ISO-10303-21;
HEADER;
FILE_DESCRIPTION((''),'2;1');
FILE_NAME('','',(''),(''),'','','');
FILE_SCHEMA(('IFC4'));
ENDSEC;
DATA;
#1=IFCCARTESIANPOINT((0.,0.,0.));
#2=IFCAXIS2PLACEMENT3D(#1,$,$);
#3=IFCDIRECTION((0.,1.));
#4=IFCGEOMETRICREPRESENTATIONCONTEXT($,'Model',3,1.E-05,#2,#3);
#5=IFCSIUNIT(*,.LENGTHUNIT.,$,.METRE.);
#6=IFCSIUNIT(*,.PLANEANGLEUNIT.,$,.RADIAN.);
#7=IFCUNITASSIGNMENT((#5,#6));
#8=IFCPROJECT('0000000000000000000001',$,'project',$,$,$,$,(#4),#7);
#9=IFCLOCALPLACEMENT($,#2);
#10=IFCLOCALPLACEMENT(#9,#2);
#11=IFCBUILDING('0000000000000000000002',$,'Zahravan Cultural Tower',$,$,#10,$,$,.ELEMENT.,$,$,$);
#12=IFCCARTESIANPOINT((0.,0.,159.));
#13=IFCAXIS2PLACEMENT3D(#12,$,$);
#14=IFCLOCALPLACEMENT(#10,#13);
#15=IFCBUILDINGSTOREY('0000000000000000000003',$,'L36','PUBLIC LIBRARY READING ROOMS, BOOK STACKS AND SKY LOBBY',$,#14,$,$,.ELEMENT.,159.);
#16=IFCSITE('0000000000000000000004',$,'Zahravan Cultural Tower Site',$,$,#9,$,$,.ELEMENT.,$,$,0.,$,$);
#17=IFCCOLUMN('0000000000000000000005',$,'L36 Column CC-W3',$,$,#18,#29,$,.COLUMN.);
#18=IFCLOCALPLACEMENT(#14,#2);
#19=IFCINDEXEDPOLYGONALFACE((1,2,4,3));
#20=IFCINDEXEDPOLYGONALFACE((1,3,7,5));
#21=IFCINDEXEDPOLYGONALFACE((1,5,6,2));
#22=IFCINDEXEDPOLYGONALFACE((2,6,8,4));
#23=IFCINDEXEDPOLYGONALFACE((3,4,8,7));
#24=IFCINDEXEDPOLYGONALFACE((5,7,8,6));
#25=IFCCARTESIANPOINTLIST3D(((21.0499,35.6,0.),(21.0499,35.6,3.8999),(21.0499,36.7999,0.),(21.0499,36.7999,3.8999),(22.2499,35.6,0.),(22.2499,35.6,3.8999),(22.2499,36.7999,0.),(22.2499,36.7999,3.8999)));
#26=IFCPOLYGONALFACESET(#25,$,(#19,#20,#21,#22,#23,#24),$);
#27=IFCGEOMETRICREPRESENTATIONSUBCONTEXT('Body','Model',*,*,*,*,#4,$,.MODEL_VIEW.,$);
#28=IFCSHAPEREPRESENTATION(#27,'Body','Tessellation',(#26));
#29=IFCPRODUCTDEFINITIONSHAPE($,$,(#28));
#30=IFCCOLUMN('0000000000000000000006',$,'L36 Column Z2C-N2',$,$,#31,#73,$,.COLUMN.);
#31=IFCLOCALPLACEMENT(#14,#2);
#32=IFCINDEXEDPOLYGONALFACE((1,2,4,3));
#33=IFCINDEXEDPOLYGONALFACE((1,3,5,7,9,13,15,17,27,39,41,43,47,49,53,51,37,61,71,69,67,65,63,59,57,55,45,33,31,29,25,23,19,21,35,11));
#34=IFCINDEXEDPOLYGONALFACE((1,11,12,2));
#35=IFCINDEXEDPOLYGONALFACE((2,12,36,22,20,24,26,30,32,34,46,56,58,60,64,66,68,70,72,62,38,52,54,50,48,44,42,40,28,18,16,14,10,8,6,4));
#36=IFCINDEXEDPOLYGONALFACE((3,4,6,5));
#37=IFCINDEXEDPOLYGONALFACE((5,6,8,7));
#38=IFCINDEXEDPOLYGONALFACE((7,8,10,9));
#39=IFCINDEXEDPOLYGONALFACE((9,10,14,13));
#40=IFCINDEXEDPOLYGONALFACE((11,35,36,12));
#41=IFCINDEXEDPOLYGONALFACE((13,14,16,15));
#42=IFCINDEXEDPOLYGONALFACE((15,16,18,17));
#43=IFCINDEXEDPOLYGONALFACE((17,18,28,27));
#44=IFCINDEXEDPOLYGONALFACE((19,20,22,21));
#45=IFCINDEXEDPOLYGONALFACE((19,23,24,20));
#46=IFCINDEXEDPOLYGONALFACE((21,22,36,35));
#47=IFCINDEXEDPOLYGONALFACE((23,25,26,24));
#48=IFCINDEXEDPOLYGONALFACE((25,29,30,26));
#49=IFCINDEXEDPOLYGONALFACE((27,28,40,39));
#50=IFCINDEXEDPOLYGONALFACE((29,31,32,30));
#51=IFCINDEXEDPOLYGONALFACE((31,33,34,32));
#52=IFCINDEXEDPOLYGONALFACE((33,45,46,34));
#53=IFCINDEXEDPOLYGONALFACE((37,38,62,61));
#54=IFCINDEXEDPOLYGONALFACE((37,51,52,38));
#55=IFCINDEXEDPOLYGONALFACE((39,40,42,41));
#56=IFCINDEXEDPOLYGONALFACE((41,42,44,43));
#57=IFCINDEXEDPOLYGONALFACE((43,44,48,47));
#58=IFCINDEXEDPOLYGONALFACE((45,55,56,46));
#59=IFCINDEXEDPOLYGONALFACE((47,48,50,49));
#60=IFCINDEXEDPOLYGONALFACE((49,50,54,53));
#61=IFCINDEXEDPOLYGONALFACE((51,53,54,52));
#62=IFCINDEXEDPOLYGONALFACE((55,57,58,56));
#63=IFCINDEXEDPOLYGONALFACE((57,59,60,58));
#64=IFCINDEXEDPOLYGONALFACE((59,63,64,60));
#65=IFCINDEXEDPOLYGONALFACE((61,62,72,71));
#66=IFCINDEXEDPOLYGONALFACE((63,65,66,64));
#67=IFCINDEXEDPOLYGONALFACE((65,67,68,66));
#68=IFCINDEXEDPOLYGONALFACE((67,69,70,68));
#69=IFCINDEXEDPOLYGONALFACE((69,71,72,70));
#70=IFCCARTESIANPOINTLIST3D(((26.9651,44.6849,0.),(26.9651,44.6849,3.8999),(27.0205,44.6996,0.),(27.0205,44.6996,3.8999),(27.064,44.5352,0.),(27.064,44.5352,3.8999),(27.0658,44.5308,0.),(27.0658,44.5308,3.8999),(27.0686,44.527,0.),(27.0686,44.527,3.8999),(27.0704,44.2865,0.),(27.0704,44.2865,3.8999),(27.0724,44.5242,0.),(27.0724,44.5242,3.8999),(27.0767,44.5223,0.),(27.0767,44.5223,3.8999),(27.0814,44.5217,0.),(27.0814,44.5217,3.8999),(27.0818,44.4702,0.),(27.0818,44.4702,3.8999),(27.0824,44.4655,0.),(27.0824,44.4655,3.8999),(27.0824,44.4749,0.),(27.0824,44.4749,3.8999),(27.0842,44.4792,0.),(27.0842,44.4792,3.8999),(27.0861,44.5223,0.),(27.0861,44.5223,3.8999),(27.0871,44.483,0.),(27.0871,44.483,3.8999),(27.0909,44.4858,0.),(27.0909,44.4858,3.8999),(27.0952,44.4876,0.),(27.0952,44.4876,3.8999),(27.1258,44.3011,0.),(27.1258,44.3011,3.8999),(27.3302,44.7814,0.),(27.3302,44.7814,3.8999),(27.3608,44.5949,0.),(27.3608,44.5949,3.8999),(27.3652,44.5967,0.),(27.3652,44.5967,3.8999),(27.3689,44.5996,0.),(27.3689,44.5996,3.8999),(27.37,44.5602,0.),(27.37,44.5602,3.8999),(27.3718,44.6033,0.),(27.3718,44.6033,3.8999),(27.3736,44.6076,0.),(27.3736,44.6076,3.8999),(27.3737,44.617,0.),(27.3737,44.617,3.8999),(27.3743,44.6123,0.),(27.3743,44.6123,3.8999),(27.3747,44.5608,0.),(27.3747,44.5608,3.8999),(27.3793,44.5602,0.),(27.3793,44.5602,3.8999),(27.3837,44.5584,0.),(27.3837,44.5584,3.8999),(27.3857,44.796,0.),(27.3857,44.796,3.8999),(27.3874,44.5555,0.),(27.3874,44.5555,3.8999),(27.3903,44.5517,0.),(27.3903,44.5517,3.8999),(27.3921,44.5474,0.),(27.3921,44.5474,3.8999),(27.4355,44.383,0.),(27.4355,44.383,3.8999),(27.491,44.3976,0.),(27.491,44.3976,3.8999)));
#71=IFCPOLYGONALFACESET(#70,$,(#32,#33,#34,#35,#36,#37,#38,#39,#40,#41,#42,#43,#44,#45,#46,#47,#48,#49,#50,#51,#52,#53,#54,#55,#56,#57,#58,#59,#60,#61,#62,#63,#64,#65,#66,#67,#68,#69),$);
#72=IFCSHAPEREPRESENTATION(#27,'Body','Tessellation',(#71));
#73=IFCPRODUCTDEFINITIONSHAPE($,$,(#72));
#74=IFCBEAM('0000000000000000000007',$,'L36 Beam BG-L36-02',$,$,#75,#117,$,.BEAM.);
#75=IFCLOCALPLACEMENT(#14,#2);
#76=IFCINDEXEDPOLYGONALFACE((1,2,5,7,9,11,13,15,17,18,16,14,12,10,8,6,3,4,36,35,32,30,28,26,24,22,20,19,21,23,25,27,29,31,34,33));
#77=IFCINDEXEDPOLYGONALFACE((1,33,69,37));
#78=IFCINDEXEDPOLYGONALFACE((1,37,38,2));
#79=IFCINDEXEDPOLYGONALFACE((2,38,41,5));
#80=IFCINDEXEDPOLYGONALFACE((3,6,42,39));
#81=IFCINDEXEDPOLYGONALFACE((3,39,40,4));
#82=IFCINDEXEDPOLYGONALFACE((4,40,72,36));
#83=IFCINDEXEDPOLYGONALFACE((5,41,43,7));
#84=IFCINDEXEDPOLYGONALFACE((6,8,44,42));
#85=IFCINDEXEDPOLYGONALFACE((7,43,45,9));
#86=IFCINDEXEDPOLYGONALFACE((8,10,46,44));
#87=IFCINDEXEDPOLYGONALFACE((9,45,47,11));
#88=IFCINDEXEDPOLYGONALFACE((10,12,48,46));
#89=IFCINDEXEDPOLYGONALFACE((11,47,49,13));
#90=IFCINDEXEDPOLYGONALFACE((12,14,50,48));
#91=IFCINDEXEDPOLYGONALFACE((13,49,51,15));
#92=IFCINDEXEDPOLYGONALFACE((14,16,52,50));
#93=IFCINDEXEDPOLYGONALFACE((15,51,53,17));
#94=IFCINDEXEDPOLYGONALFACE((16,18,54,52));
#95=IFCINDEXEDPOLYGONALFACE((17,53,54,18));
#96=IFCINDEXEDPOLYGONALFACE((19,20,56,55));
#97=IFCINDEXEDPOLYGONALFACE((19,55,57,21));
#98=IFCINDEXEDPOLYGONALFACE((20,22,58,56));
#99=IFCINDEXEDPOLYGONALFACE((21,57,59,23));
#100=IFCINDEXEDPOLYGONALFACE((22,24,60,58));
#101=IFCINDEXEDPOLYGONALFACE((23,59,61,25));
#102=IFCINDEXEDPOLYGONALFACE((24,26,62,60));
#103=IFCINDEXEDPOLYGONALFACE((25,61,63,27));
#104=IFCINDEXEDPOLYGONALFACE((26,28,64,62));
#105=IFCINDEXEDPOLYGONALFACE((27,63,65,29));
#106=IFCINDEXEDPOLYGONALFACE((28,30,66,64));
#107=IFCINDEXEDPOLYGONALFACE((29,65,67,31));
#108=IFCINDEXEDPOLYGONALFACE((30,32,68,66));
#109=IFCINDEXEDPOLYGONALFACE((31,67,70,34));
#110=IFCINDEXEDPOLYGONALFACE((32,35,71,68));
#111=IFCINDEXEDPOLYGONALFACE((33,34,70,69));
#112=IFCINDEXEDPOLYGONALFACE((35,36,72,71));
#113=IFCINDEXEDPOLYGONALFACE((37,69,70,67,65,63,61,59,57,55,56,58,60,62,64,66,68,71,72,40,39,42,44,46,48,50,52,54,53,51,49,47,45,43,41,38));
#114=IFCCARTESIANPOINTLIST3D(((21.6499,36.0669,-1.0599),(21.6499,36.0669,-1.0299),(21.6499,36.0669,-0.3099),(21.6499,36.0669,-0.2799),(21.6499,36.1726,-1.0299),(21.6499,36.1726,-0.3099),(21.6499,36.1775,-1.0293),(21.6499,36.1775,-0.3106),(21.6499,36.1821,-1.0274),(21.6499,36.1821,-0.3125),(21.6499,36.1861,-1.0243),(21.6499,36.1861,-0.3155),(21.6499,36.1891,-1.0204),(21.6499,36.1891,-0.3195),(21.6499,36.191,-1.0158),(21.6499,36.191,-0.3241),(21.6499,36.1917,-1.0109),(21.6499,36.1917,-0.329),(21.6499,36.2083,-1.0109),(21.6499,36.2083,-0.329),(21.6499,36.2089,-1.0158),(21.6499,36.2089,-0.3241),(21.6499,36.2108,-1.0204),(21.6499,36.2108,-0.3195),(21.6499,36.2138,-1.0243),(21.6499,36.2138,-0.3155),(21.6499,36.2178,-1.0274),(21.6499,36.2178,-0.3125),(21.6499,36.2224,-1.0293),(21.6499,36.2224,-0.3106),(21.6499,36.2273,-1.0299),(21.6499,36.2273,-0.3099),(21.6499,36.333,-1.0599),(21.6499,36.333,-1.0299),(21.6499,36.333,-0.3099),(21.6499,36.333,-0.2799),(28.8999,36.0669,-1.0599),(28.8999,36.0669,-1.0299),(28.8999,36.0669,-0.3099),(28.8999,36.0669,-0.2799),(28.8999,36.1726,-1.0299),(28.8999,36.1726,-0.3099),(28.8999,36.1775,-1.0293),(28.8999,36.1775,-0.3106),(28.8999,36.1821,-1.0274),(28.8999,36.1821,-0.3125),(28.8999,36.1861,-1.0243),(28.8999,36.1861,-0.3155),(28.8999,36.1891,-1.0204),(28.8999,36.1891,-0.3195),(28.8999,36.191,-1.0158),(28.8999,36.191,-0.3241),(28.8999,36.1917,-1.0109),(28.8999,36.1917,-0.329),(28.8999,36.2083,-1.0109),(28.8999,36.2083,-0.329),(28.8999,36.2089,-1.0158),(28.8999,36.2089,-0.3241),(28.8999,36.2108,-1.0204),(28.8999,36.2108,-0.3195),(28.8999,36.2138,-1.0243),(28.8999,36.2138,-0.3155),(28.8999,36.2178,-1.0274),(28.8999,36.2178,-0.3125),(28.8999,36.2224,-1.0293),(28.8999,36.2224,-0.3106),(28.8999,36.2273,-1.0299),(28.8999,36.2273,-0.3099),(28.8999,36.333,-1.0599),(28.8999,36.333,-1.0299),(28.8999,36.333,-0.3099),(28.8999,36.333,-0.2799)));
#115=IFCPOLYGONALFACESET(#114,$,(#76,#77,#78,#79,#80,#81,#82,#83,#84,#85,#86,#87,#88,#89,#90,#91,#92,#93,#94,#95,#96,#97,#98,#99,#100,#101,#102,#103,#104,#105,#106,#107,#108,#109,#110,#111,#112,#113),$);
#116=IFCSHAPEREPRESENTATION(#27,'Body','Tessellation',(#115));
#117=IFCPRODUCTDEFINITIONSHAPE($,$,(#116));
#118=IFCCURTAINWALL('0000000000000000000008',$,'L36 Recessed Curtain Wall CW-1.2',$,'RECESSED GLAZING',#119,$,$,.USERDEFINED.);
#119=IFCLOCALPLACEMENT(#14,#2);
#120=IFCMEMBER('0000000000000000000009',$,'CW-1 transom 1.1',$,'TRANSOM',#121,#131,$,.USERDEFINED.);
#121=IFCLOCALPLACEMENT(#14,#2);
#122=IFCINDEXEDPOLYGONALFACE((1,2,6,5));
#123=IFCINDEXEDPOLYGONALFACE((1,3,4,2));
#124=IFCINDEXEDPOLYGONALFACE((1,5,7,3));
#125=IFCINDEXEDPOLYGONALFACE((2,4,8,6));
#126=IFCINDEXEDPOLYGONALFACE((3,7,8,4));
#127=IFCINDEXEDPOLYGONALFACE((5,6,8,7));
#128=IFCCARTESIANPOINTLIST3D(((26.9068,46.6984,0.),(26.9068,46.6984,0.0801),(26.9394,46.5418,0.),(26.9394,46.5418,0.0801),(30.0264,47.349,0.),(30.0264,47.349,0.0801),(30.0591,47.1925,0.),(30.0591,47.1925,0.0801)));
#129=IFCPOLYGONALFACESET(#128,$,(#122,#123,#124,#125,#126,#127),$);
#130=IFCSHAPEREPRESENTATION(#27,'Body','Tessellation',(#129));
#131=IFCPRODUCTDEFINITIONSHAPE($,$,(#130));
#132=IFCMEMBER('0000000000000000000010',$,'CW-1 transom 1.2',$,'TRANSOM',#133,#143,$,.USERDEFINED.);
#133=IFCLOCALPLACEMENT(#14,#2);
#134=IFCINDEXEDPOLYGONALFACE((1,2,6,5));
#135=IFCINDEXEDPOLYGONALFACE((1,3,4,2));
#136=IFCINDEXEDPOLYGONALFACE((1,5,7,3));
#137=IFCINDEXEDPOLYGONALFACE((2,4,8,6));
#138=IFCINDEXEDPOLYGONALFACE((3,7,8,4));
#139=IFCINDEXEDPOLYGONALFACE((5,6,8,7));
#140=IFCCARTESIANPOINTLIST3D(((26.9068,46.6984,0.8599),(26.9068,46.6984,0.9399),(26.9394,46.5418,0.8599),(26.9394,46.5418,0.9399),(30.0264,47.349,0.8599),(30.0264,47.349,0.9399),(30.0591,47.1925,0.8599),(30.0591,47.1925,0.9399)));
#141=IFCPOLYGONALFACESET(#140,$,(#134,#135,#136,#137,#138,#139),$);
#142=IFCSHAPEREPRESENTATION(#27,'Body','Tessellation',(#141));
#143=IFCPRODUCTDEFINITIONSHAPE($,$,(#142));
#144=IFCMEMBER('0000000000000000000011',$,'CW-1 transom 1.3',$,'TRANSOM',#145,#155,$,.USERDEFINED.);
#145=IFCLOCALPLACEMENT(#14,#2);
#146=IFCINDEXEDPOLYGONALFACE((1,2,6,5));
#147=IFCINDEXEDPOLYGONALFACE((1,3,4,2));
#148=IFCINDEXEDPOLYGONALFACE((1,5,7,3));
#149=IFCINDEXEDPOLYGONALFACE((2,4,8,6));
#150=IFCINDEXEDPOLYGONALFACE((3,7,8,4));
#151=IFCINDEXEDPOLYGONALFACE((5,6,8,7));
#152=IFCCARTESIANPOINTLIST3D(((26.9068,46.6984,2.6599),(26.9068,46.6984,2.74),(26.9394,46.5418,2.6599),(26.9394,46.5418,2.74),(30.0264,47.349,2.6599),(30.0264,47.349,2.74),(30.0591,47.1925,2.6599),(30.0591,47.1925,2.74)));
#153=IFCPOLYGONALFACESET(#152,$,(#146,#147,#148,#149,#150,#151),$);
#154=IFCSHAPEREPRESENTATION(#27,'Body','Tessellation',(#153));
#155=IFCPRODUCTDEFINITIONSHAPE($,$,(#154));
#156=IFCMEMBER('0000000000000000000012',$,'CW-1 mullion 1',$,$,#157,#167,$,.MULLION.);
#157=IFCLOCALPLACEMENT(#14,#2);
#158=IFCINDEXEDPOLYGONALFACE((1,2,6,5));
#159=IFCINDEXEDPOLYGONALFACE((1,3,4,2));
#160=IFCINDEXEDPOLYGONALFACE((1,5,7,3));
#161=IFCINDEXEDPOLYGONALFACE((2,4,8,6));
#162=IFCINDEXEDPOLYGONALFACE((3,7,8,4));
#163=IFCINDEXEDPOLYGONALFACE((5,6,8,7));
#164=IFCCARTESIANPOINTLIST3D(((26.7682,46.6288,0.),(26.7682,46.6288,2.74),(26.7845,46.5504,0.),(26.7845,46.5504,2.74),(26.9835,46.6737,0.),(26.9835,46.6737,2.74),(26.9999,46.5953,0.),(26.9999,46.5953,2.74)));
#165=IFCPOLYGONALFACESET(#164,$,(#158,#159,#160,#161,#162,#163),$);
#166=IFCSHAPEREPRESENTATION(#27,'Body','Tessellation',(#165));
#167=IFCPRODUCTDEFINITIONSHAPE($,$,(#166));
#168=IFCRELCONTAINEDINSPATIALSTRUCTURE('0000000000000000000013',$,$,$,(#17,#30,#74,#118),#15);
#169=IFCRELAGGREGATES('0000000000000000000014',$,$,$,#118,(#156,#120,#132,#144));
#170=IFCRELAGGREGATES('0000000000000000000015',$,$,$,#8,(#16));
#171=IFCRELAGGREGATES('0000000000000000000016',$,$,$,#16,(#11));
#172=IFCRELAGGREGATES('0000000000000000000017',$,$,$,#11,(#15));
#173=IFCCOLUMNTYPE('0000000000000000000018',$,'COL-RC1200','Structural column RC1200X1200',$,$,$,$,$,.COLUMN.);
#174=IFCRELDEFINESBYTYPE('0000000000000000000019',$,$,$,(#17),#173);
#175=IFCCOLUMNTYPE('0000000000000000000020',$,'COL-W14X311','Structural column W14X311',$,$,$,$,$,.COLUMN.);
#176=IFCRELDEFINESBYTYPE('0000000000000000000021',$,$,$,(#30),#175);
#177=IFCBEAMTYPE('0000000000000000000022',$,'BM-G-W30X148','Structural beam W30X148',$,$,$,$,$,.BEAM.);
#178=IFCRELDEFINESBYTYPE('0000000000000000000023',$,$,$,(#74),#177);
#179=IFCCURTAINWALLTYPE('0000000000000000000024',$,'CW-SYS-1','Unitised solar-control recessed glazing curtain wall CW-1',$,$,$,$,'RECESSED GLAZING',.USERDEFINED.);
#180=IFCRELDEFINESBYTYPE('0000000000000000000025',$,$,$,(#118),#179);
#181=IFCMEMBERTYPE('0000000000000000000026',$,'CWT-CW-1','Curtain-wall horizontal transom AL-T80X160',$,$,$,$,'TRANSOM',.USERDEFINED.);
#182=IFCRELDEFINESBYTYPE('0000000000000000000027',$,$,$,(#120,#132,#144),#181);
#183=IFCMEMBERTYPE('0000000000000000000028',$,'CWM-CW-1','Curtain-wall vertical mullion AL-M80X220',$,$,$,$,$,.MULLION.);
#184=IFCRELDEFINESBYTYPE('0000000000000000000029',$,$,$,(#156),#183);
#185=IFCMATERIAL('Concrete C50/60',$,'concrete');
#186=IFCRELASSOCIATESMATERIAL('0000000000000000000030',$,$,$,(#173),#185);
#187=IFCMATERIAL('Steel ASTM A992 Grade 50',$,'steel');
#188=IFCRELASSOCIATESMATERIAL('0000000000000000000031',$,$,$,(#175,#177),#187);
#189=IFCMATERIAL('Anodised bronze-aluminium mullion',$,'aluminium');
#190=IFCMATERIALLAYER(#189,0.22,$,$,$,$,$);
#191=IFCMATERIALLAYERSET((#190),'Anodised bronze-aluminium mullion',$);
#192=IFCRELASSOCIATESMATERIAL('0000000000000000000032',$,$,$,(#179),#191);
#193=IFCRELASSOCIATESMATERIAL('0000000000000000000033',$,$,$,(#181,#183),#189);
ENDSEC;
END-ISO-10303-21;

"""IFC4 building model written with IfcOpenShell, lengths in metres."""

from ifc_helpers import new_model, si_unit, direction, frame, origin, origin_2d, place, context, subcontext, project, spatial, rectangle, i_section, extrude, source, transform, mapped, material, layer, layer_set, material_profile, profile_set, type_object, element, aggregate, save


model = new_model("IFC4")

# Units and contexts
model_context = context("Model", 3, precision=1e-05, world=origin(), true_north=direction((0.0, 1.0)))
body_context = subcontext(model_context, "Body", "Model", "MODEL_VIEW")
ifc_project = project(units=[si_unit("LENGTHUNIT", "METRE"), si_unit("PLANEANGLEUNIT", "RADIAN")], contexts=[model_context])

# Site, building, storey
site_placement = place(None, origin())
site = spatial("IfcSite", under=ifc_project, at=site_placement, Name="Zahravan Cultural Tower Site", CompositionType="ELEMENT", RefElevation=0.0)
building_placement = place(site_placement, origin())
building = spatial("IfcBuilding", under=site, at=building_placement, Name="Zahravan Cultural Tower", CompositionType="ELEMENT")
storey_placement = place(building_placement, frame((0.0, 0.0, 159.0)))
storey = spatial("IfcBuildingStorey", under=building, at=storey_placement, Name="L36", Description="PUBLIC LIBRARY READING ROOMS, BOOK STACKS AND SKY LOBBY", CompositionType="ELEMENT", Elevation=159.0)

# Columns
ifc_material_1 = material(Name="Concrete C50/60", Category="concrete")
ifc_material_profile_1 = material_profile(ifc_material_1, rectangle(XDim=1.2, YDim=1.2, at=origin_2d()), Name="RC1200X1200")
ifc_profile_set_1 = profile_set([ifc_material_profile_1], Name="Concrete C50/60")
column_type_1 = type_object("IfcColumnType", Name="COL-RC1200", Description="Structural column RC1200X1200", PredefinedType="COLUMN", material=ifc_profile_set_1)
shared_shape_1 = source(origin(), body_context, "Body", "SweptSolid", [
    extrude(rectangle(XDim=1.2, YDim=1.2, at=origin_2d()), origin(), (0.0, 0.0, 1.0), 3.8999),
])
column_1_placement = place(storey_placement, frame((21.6499, 36.2, 0.0), z_axis=(0.0, 0.0, 1.0), x_axis=(1.0, 0.0, 0.0)))
element("IfcColumn", 1, at=column_1_placement, inside=storey, type_object=column_type_1, Name="L36 Column CC-W3", PredefinedType="COLUMN", context=body_context, shape_type="MappedRepresentation", body=[
    mapped(shared_shape_1, transform((0.0, 0.0, 0.0), x_axis=(1.0, 0.0, 0.0), y_axis=(0.0, 1.0, 0.0), z_axis=(0.0, 0.0, 1.0), scale=1.0)),
])
ifc_material_2 = material(Name="Steel ASTM A992 Grade 50", Category="steel")
ifc_material_profile_2 = material_profile(ifc_material_2, i_section(OverallWidth=0.4121, OverallDepth=0.4351, WebThickness=0.0359, FlangeThickness=0.0574, FilletRadius=0.0181, at=origin_2d()), Name="W14X311")
ifc_profile_set_2 = profile_set([ifc_material_profile_2], Name="Steel ASTM A992 Grade 50")
column_type_2 = type_object("IfcColumnType", Name="COL-W14X311", Description="Structural column W14X311", PredefinedType="COLUMN", material=ifc_profile_set_2)
shared_shape_2 = source(origin(), body_context, "Body", "SweptSolid", [
    extrude(i_section(OverallWidth=0.4121, OverallDepth=0.4351, WebThickness=0.0359, FlangeThickness=0.0574, FilletRadius=0.0181, at=origin_2d()), origin(), (0.0, 0.0, 1.0), 3.8999),
])
column_2_placement = place(storey_placement, frame((27.228, 44.5413, 0.0), z_axis=(0.0, 0.0, 1.0), x_axis=(-0.255446, 0.966823, 0.0)))
element("IfcColumn", 2, at=column_2_placement, inside=storey, type_object=column_type_2, Name="L36 Column Z2C-N2", PredefinedType="COLUMN", context=body_context, shape_type="MappedRepresentation", body=[
    mapped(shared_shape_2, transform((0.0, 0.0, 0.0), x_axis=(1.0, 0.0, 0.0), y_axis=(0.0, 1.0, 0.0), z_axis=(0.0, 0.0, 1.0), scale=1.0)),
])

# Beam
ifc_material_profile_3 = material_profile(ifc_material_2, i_section(OverallWidth=0.2661, OverallDepth=0.78, WebThickness=0.0166, FlangeThickness=0.03, FilletRadius=0.019, at=origin_2d()), Name="W30X148")
ifc_profile_set_3 = profile_set([ifc_material_profile_3], Name="Steel ASTM A992 Grade 50")
beam_type = type_object("IfcBeamType", Name="BM-G-W30X148", Description="Structural beam W30X148", PredefinedType="BEAM", material=ifc_profile_set_3)
shared_shape_3 = source(origin(), body_context, "Body", "SweptSolid", [
    extrude(i_section(OverallWidth=0.2661, OverallDepth=0.78, WebThickness=0.0166, FlangeThickness=0.03, FilletRadius=0.019, at=origin_2d()), origin(), (0.0, 0.0, 1.0), 7.25),
])
beam_placement = place(storey_placement, frame((21.6499, 36.2, -0.6699), z_axis=(1.0, 0.0, 0.0), x_axis=(0.0, 1.0, 0.0)))
element("IfcBeam", 3, at=beam_placement, inside=storey, type_object=beam_type, Name="L36 Beam BG-L36-02", PredefinedType="BEAM", context=body_context, shape_type="MappedRepresentation", body=[
    mapped(shared_shape_3, transform((0.0, 0.0, 0.0), x_axis=(1.0, 0.0, 0.0), y_axis=(0.0, 1.0, 0.0), z_axis=(0.0, 0.0, 1.0), scale=1.0)),
])

# Curtain wall, members
ifc_material_3 = material(Name="Anodised bronze-aluminium mullion", Category="aluminium")
ifc_layer_1 = layer(ifc_material_3, 0.22)
ifc_layer_set_1 = layer_set([ifc_layer_1], Name="Anodised bronze-aluminium mullion")
curtain_wall_type = type_object("IfcCurtainWallType", Name="CW-SYS-1", Description="Unitised solar-control recessed glazing curtain wall CW-1", ElementType="RECESSED GLAZING", PredefinedType="USERDEFINED", material=ifc_layer_set_1)
curtain_wall_placement = place(storey_placement, origin())
curtain_wall = element("IfcCurtainWall", 4, at=curtain_wall_placement, inside=storey, type_object=curtain_wall_type, Name="L36 Recessed Curtain Wall CW-1.2", ObjectType="RECESSED GLAZING", PredefinedType="USERDEFINED")
ifc_material_profile_4 = material_profile(ifc_material_3, rectangle(XDim=0.1599, YDim=0.0801, at=origin_2d()), Name="AL-T80X160")
ifc_profile_set_4 = profile_set([ifc_material_profile_4], Name="Anodised bronze-aluminium mullion")
member_type_1 = type_object("IfcMemberType", Name="CWT-CW-1", Description="Curtain-wall horizontal transom AL-T80X160", ElementType="TRANSOM", PredefinedType="USERDEFINED", material=ifc_profile_set_4)
shared_shape_4 = source(origin(), body_context, "Body", "SweptSolid", [
    extrude(rectangle(XDim=0.1599, YDim=0.0801, at=origin_2d()), origin(), (0.0, 0.0, 1.0), 3.1868),
])
member_1_placement = place(storey_placement, frame((26.9231, 46.6201, 0.04), z_axis=(0.978936, 0.204168, 0.0), x_axis=(-0.204168, 0.978936, 0.0)))
member_1 = element("IfcMember", 5, at=member_1_placement, type_object=member_type_1, Name="CW-1 transom 1.1", ObjectType="TRANSOM", PredefinedType="USERDEFINED", context=body_context, shape_type="MappedRepresentation", body=[
    mapped(shared_shape_4, transform((0.0, 0.0, 0.0), x_axis=(1.0, 0.0, 0.0), y_axis=(0.0, 1.0, 0.0), z_axis=(0.0, 0.0, 1.0), scale=1.0)),
])
member_2_placement = place(storey_placement, frame((26.9231, 46.6201, 0.8999), z_axis=(0.978936, 0.204168, 0.0), x_axis=(-0.204168, 0.978936, 0.0)))
member_2 = element("IfcMember", 6, at=member_2_placement, type_object=member_type_1, Name="CW-1 transom 1.2", ObjectType="TRANSOM", PredefinedType="USERDEFINED", context=body_context, shape_type="MappedRepresentation", body=[
    mapped(shared_shape_4, transform((0.0, 0.0, 0.0), x_axis=(1.0, 0.0, 0.0), y_axis=(0.0, 1.0, 0.0), z_axis=(0.0, 0.0, 1.0), scale=1.0)),
])
member_3_placement = place(storey_placement, frame((26.9231, 46.6201, 2.7), z_axis=(0.978936, 0.204168, 0.0), x_axis=(-0.204168, 0.978936, 0.0)))
member_3 = element("IfcMember", 7, at=member_3_placement, type_object=member_type_1, Name="CW-1 transom 1.3", ObjectType="TRANSOM", PredefinedType="USERDEFINED", context=body_context, shape_type="MappedRepresentation", body=[
    mapped(shared_shape_4, transform((0.0, 0.0, 0.0), x_axis=(1.0, 0.0, 0.0), y_axis=(0.0, 1.0, 0.0), z_axis=(0.0, 0.0, 1.0), scale=1.0)),
])
ifc_material_profile_5 = material_profile(ifc_material_3, rectangle(XDim=0.0801, YDim=0.22, at=origin_2d()), Name="AL-M80X220")
ifc_profile_set_5 = profile_set([ifc_material_profile_5], Name="Anodised bronze-aluminium mullion")
member_type_2 = type_object("IfcMemberType", Name="CWM-CW-1", Description="Curtain-wall vertical mullion AL-M80X220", PredefinedType="MULLION", material=ifc_profile_set_5)
shared_shape_5 = source(origin(), body_context, "Body", "SweptSolid", [
    extrude(rectangle(XDim=0.0801, YDim=0.22, at=origin_2d()), origin(), (0.0, 0.0, 1.0), 2.74),
])
member_4_placement = place(storey_placement, frame((26.884, 46.6121, 0.0), z_axis=(0.0, 0.0, 1.0), x_axis=(-0.204162, 0.978937, 0.0)))
member_4 = element("IfcMember", 8, at=member_4_placement, type_object=member_type_2, Name="CW-1 mullion 1", PredefinedType="MULLION", context=body_context, shape_type="MappedRepresentation", body=[
    mapped(shared_shape_5, transform((0.0, 0.0, 0.0), x_axis=(1.0, 0.0, 0.0), y_axis=(0.0, 1.0, 0.0), z_axis=(0.0, 0.0, 1.0), scale=1.0)),
])
aggregate(curtain_wall, [member_4, member_1, member_2, member_3])

save(model, "model.ifc")
